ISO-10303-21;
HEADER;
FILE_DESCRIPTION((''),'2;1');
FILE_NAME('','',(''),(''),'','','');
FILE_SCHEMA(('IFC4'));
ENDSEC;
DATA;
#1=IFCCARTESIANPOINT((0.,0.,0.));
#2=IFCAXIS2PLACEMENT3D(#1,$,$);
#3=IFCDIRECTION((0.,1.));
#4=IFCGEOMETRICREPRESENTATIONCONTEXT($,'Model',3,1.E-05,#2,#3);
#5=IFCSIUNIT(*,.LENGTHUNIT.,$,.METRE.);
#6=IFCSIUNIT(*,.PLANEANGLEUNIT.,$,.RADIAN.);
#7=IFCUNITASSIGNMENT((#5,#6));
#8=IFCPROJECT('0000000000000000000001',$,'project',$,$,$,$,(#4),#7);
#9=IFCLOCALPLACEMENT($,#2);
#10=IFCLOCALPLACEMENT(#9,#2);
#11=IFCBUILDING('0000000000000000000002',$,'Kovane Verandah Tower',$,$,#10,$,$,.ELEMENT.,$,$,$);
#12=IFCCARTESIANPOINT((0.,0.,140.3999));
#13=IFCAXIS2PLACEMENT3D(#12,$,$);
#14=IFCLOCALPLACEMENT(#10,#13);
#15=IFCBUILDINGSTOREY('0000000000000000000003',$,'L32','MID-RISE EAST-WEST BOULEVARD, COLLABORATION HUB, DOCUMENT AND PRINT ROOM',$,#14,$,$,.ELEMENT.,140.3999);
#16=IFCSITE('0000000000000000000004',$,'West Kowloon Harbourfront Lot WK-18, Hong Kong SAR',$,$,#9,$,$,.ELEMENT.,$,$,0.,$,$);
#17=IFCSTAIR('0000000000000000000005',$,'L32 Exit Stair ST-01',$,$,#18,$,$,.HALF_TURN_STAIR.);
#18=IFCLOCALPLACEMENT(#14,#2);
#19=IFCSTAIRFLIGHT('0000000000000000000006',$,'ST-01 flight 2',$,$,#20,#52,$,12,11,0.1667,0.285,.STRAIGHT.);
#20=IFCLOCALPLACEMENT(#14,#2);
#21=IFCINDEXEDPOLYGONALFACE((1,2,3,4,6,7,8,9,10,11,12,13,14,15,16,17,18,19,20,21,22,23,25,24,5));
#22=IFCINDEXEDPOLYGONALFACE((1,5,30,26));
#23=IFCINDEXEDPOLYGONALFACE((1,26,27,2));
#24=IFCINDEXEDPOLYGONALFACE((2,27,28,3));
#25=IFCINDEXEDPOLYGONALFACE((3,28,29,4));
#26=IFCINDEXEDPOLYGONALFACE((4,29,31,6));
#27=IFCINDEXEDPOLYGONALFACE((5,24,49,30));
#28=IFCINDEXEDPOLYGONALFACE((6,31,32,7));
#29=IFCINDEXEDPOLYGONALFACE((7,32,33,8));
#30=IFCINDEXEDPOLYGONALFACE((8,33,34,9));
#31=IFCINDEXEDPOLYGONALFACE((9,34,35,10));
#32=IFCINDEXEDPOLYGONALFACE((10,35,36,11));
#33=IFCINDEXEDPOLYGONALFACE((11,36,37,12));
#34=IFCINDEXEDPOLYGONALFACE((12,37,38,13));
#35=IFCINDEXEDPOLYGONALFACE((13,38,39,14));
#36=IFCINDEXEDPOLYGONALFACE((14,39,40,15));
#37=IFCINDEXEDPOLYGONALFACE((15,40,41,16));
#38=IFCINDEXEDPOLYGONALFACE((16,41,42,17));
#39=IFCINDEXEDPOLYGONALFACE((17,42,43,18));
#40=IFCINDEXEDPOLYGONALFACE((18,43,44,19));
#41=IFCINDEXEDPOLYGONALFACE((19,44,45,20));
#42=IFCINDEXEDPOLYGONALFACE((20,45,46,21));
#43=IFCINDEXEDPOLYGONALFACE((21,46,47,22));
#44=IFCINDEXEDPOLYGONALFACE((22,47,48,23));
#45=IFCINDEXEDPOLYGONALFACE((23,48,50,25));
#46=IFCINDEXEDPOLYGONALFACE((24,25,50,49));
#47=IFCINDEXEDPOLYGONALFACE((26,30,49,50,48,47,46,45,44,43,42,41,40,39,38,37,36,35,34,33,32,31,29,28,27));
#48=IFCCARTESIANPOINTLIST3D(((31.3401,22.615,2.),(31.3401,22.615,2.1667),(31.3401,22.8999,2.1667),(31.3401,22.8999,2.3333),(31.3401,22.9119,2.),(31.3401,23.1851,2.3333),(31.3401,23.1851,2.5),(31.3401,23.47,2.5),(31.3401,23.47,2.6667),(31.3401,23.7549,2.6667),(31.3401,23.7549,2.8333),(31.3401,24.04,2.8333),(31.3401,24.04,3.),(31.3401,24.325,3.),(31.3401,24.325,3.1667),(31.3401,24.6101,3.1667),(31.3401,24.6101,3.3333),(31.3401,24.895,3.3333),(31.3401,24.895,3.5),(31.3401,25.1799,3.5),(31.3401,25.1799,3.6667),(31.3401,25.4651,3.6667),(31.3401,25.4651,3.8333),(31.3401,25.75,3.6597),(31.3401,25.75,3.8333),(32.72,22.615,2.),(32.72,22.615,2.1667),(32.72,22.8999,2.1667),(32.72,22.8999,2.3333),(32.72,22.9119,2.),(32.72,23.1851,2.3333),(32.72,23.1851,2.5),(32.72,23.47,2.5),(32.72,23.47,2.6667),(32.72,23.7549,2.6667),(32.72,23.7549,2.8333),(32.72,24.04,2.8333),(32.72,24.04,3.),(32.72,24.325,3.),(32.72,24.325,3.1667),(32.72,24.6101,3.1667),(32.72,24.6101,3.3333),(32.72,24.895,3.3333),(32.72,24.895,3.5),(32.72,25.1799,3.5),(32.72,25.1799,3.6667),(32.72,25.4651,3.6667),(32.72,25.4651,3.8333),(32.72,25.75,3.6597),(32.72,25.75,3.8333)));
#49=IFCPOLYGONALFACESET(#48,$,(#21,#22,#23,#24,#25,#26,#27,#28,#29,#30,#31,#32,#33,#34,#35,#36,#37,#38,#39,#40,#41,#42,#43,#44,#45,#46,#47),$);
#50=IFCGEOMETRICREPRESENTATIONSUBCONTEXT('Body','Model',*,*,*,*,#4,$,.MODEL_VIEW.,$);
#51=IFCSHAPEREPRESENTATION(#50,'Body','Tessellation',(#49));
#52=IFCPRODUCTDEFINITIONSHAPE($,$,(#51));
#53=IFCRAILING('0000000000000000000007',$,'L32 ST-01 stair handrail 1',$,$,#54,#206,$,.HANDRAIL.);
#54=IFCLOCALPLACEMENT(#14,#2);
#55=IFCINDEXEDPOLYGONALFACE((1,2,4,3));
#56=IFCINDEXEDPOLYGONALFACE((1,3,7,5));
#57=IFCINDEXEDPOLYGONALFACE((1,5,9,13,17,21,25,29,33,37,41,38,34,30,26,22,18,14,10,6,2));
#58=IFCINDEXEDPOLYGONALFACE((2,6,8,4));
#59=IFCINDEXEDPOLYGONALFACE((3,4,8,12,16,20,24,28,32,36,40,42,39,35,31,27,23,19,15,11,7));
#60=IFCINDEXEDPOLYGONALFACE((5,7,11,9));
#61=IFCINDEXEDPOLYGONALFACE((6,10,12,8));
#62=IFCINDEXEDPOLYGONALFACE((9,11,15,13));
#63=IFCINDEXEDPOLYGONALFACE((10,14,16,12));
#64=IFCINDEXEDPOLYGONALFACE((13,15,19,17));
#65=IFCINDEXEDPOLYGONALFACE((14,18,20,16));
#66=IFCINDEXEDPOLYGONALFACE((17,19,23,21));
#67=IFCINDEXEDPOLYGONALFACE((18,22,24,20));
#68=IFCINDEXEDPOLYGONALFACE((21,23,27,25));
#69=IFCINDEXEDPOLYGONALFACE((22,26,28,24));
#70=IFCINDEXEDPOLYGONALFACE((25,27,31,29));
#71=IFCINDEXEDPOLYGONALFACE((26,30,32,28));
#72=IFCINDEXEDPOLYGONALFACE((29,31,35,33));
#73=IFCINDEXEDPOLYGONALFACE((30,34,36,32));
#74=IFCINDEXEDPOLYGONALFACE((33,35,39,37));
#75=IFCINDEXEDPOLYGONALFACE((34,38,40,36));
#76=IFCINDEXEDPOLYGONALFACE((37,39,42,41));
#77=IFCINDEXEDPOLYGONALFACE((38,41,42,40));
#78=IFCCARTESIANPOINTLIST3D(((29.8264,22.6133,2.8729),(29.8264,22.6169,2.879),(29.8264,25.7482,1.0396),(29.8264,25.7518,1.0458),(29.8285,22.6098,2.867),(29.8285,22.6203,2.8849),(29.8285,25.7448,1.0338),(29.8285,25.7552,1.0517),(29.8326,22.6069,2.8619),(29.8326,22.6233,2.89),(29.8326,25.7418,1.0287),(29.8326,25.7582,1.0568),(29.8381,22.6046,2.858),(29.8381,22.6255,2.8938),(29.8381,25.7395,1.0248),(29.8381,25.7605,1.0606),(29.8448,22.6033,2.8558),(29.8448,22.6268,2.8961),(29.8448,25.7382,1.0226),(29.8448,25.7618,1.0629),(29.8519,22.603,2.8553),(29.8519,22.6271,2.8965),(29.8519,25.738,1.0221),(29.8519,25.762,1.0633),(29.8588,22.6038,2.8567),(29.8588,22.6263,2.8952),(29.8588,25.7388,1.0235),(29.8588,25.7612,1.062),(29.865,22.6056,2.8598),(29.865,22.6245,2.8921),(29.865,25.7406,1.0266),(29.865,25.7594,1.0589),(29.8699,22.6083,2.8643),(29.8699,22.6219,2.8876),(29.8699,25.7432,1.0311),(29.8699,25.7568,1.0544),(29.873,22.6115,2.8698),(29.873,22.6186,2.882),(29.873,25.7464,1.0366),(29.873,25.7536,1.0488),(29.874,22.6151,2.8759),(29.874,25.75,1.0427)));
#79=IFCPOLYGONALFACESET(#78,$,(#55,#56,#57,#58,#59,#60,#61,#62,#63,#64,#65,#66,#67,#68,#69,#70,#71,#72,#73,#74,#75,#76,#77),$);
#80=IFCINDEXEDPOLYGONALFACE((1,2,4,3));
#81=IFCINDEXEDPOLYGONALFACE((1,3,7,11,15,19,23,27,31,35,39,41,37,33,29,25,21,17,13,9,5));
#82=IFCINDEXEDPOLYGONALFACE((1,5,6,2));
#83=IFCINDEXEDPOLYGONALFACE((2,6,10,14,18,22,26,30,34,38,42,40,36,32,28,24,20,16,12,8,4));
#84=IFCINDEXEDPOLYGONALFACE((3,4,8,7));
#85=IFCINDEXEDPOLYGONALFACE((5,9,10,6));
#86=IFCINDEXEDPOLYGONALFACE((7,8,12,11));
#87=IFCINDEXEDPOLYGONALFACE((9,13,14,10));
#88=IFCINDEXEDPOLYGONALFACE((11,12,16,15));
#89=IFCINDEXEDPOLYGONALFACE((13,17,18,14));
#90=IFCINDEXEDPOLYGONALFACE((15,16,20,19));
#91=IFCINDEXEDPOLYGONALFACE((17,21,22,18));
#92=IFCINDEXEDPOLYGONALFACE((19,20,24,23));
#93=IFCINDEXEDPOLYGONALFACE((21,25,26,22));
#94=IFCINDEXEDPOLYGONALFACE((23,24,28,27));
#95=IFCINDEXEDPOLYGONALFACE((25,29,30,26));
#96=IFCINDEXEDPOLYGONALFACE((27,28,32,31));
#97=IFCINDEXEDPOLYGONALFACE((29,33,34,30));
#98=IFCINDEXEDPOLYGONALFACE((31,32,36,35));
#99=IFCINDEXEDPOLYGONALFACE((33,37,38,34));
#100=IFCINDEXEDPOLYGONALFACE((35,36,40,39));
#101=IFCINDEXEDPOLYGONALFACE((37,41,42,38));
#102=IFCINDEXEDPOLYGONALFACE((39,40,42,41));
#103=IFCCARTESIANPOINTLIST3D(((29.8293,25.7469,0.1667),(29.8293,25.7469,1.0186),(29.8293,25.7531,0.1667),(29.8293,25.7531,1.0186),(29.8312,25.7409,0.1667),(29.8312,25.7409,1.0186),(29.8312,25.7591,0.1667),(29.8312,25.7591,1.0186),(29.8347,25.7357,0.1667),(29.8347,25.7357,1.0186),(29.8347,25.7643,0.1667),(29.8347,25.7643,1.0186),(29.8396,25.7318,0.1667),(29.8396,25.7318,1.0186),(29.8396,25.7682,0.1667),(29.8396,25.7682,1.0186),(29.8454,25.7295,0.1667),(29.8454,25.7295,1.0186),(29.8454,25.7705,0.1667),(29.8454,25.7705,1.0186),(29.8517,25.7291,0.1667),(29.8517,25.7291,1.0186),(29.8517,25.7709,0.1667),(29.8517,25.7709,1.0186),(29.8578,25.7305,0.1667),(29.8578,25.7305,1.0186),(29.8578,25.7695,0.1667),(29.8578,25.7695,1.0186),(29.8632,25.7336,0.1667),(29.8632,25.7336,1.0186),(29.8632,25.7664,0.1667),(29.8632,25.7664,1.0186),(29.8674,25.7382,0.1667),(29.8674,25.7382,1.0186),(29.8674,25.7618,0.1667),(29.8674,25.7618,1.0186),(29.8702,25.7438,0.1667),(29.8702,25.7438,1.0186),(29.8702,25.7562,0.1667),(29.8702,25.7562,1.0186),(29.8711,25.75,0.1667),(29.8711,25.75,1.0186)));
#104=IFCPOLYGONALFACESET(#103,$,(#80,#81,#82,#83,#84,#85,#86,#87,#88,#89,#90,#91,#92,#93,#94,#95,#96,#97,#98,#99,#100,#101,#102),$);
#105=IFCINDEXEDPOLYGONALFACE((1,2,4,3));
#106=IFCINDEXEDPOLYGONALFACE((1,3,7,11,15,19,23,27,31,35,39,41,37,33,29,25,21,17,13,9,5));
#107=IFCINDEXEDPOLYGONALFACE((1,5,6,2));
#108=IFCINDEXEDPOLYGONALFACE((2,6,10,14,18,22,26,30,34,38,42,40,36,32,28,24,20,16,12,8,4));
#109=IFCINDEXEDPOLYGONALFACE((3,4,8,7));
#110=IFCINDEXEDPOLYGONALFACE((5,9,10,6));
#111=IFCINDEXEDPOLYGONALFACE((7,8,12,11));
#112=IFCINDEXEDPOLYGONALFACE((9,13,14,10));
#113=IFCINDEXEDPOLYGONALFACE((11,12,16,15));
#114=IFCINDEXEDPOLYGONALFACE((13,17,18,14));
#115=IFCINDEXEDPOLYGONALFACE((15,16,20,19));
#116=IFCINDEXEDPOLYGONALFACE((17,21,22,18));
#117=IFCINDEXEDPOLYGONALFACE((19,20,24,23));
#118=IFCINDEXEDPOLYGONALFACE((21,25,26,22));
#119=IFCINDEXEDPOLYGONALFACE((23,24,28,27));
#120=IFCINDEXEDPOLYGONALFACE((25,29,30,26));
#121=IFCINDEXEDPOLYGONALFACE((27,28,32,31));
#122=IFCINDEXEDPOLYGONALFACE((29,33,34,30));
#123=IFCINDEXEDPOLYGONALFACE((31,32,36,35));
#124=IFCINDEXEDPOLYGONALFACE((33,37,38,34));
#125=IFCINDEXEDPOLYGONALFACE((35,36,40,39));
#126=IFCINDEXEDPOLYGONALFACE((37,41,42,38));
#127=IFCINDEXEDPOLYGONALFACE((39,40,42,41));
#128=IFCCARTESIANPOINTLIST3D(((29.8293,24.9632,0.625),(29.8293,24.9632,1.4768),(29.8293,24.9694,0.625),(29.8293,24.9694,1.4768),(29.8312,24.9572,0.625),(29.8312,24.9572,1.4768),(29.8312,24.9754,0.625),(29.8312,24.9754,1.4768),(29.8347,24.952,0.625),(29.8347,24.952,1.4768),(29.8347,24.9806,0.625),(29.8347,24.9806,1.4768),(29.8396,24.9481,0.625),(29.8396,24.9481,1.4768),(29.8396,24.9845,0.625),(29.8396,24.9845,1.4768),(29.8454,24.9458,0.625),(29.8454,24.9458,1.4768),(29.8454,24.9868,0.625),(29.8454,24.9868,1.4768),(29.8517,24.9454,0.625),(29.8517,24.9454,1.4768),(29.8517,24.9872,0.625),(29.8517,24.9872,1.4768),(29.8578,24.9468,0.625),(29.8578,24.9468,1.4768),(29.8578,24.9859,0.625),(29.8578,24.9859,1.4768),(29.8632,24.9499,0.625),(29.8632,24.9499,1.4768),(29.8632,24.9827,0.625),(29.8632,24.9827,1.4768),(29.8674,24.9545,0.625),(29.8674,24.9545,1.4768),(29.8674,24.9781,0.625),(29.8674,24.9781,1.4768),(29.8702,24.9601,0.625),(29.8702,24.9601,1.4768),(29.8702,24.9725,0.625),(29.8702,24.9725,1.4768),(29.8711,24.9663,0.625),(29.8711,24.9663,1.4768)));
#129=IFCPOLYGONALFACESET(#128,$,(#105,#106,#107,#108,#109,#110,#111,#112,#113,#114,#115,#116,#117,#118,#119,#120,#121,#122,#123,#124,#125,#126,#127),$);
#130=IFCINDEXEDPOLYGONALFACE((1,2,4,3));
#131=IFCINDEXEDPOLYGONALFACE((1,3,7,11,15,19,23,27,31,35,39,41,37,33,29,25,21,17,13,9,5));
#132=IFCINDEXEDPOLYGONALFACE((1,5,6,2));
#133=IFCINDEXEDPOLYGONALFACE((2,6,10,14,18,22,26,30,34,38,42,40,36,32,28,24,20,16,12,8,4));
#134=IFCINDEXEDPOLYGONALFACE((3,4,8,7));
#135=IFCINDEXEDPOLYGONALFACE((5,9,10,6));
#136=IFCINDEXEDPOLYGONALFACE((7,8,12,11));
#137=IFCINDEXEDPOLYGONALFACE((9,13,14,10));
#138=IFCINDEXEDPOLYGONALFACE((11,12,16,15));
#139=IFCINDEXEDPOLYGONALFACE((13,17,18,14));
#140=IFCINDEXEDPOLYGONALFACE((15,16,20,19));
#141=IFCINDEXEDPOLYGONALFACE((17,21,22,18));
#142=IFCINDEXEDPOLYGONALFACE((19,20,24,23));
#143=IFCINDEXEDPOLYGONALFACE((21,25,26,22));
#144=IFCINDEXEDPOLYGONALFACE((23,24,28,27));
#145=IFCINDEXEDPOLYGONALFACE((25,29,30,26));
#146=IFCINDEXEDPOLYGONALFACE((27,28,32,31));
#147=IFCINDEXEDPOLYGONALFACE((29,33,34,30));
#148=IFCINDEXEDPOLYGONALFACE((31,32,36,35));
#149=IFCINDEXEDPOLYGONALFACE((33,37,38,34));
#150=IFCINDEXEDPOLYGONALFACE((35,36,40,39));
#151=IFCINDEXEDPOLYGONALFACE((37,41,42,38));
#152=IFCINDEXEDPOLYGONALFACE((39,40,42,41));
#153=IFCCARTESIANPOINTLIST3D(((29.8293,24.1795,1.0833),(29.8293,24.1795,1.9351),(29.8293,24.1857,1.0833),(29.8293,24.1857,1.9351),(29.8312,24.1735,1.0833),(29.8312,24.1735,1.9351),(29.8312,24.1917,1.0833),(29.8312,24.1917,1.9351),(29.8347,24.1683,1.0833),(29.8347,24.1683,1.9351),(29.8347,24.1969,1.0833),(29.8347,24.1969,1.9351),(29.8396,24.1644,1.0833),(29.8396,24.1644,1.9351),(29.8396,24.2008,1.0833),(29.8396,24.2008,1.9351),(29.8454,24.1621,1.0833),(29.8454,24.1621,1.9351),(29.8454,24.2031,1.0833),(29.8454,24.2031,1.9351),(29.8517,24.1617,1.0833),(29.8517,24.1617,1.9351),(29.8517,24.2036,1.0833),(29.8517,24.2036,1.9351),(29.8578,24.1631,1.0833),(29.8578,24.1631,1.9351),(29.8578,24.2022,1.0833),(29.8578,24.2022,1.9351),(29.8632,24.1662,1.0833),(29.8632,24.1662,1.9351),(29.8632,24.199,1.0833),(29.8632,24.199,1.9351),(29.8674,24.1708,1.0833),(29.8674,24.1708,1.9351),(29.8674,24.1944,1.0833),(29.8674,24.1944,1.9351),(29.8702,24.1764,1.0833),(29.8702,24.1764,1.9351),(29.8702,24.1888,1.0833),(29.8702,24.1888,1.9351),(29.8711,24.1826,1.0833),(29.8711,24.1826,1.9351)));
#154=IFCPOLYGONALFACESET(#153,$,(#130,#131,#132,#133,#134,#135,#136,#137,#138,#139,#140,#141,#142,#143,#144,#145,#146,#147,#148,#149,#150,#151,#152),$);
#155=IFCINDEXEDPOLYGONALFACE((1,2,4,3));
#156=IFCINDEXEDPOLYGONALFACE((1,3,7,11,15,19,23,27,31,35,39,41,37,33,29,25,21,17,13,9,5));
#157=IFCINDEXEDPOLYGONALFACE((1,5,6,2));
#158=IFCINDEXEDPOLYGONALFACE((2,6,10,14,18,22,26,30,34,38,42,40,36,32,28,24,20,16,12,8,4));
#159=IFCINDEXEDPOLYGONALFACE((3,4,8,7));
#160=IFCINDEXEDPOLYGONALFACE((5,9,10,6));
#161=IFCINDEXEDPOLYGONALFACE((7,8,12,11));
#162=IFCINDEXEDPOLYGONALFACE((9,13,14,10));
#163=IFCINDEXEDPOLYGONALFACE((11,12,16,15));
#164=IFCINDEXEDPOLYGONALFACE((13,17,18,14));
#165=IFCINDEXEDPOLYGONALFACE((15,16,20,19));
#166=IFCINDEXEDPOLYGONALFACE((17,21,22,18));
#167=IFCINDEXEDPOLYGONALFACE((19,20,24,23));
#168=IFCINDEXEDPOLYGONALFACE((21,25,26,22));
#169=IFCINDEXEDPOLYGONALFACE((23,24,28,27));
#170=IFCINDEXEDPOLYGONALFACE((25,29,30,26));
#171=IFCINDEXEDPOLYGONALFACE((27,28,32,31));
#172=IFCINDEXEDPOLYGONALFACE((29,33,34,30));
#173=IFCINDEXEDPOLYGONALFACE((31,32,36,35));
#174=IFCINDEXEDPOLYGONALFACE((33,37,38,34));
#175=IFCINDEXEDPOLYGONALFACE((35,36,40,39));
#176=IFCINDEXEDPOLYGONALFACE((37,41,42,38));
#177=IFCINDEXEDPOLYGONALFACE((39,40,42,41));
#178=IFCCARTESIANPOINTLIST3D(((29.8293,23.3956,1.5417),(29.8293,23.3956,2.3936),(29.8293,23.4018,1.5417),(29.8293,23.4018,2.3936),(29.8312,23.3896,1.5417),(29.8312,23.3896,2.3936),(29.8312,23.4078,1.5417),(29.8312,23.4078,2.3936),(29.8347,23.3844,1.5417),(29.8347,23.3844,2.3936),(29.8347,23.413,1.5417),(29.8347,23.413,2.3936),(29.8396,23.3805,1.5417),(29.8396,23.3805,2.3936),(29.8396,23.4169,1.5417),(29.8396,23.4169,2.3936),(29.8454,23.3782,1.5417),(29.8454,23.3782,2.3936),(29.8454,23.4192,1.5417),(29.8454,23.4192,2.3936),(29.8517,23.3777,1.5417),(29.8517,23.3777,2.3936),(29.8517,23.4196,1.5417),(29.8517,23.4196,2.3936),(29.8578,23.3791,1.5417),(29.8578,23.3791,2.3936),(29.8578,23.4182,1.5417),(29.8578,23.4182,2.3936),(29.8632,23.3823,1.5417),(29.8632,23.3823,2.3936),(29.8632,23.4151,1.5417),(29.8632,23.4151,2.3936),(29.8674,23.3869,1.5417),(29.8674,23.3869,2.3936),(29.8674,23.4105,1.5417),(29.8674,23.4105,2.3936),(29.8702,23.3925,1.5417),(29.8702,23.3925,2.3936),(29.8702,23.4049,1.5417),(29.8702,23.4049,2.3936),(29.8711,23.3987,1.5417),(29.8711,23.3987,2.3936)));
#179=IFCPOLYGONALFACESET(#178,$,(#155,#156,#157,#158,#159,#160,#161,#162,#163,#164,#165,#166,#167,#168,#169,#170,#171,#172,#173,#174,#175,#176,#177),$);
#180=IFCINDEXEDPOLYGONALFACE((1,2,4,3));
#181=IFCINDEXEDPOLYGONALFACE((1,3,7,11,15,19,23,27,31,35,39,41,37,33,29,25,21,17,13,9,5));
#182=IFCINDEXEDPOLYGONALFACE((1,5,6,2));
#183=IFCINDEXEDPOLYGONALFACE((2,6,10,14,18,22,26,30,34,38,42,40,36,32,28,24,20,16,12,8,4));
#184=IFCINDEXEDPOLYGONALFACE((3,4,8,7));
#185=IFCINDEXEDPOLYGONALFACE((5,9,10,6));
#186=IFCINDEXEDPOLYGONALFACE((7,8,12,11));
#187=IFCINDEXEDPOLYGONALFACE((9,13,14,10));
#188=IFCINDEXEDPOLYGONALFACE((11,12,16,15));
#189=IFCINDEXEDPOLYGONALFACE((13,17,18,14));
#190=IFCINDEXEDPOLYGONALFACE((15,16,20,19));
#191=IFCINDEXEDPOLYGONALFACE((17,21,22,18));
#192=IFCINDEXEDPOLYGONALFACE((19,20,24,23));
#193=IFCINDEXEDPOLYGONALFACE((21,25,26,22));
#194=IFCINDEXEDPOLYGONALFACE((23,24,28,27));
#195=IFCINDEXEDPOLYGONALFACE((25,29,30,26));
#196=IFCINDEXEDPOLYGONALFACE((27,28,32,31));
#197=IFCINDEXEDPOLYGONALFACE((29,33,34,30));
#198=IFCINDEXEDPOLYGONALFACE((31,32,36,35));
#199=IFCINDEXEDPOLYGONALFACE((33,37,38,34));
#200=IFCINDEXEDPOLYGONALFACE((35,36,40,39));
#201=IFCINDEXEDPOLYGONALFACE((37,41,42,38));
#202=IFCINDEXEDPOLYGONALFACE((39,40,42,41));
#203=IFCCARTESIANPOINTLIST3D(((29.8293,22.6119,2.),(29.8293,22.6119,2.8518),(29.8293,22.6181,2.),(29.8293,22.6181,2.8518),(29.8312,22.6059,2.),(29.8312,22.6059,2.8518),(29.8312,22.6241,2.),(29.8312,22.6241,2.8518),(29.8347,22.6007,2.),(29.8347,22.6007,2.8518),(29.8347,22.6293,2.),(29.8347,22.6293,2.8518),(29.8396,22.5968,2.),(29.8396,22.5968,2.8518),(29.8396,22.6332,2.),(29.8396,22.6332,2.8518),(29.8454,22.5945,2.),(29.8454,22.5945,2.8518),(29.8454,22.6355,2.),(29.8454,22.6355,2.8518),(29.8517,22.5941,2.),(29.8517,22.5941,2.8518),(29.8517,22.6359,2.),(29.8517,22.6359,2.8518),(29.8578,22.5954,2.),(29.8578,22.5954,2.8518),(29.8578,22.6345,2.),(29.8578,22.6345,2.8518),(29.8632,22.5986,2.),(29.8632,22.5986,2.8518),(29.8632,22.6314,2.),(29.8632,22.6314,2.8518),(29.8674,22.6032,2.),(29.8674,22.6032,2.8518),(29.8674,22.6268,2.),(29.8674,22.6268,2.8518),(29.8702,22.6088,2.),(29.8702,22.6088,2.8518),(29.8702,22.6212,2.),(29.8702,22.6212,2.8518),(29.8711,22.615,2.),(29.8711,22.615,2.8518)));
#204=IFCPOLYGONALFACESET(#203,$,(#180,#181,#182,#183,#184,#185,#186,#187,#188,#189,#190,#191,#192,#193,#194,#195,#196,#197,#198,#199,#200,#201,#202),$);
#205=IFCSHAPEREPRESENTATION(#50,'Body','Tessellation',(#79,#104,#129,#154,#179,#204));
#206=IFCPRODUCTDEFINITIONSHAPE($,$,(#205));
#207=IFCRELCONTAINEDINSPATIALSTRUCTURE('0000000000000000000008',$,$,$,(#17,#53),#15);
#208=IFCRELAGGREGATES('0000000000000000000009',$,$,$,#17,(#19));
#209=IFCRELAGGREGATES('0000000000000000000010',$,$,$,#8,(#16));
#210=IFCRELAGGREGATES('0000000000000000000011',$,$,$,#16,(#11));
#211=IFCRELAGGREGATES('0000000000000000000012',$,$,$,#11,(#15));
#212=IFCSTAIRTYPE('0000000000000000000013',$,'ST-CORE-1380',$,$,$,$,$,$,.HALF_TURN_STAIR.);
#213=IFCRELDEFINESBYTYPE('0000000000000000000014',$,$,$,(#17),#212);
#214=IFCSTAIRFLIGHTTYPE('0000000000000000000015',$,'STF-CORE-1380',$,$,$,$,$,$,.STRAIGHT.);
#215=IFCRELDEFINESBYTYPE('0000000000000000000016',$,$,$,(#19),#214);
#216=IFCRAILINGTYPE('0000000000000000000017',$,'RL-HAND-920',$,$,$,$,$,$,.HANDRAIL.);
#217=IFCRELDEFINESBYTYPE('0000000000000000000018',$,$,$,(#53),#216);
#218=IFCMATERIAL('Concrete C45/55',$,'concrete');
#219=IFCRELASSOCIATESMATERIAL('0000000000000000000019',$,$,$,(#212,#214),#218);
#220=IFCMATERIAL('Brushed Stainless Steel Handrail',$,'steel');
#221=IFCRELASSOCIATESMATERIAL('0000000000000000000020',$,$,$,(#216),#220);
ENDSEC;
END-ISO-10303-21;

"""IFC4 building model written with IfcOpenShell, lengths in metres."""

from ifc_helpers import new_model, si_unit, direction, frame, origin, origin_2d, place, context, subcontext, project, spatial, polyline, circle, outline, extrude, material, type_object, element, aggregate, save


model = new_model("IFC4")

# Units and contexts
model_context = context("Model", 3, precision=1e-05, world=origin(), true_north=direction((0.0, 1.0)))
body_context = subcontext(model_context, "Body", "Model", "MODEL_VIEW")
ifc_project = project(units=[si_unit("LENGTHUNIT", "METRE"), si_unit("PLANEANGLEUNIT", "RADIAN")], contexts=[model_context])

# Site, building, storey
site_placement = place(None, origin())
site = spatial("IfcSite", under=ifc_project, at=site_placement, Name="West Kowloon Harbourfront Lot WK-18, Hong Kong SAR", CompositionType="ELEMENT", RefElevation=0.0)
building_placement = place(site_placement, origin())
building = spatial("IfcBuilding", under=site, at=building_placement, Name="Kovane Verandah Tower", CompositionType="ELEMENT")
storey_placement = place(building_placement, frame((0.0, 0.0, 140.3999)))
storey = spatial("IfcBuildingStorey", under=building, at=storey_placement, Name="L32", Description="MID-RISE EAST-WEST BOULEVARD, COLLABORATION HUB, DOCUMENT AND PRINT ROOM", CompositionType="ELEMENT", Elevation=140.3999)

# Shared definitions
ifc_material_1 = material(Name="Concrete C45/55", Category="concrete")

# Stair, stair flight
stair_type = type_object("IfcStairType", Name="ST-CORE-1380", PredefinedType="HALF_TURN_STAIR", material=ifc_material_1)
stair_placement = place(storey_placement, origin())
stair = element("IfcStair", 1, at=stair_placement, inside=storey, type_object=stair_type, Name="L32 Exit Stair ST-01", PredefinedType="HALF_TURN_STAIR")
stair_flight_type = type_object("IfcStairFlightType", Name="STF-CORE-1380", PredefinedType="STRAIGHT", material=ifc_material_1)
stair_flight_placement = place(storey_placement, frame((32.03, 22.615, 2.0), z_axis=(0.0, 0.0, 1.0), x_axis=(0.0, 1.0, 0.0)))
stair_flight = element("IfcStairFlight", 2, at=stair_flight_placement, type_object=stair_flight_type, Name="ST-01 flight 2", NumberOfRisers=12, NumberOfTreads=11, PredefinedType="STRAIGHT", RiserHeight=0.1667, TreadLength=0.285, context=body_context, shape_type="SweptSolid", body=[
    extrude(outline(polyline([(0.0, 0.0), (0.0, 0.1667), (0.2849, 0.1667), (0.2849, 0.3333), (0.5701, 0.3333), (0.5701, 0.5), (0.855, 0.5), (0.855, 0.6667), (1.1399, 0.6667), (1.1399, 0.8333), (1.425, 0.8333), (1.425, 1.0), (1.71, 1.0), (1.71, 1.1667), (1.9951, 1.1667), (1.9951, 1.3333), (2.28, 1.3333), (2.28, 1.5), (2.5649, 1.5), (2.5649, 1.6667), (2.8501, 1.6667), (2.8501, 1.8333), (3.135, 1.8333), (3.135, 2.0), (3.135, 1.6597), (0.2969, 0.0), (0.0, 0.0)])), frame((0.0, 0.6899, 0.0), z_axis=(0.0, -1.0, 0.0), x_axis=(1.0, 0.0, 0.0)), (0.0, 0.0, 1.0), 1.3799),
])
aggregate(stair, [stair_flight])

# Railing
ifc_material_2 = material(Name="Brushed Stainless Steel Handrail", Category="steel")
railing_type_1 = type_object("IfcRailingType", Name="RL-HAND-920", PredefinedType="HANDRAIL", material=ifc_material_2)
railing_1_placement = place(storey_placement, frame((29.8501, 25.75, 0.1667)))
element("IfcRailing", 3, at=railing_1_placement, inside=storey, type_object=railing_type_1, Name="L32 ST-01 stair handrail 1", PredefinedType="HANDRAIL", context=body_context, shape_type="SweptSolid", body=[
    extrude(circle(Radius=0.0239, at=origin_2d()), frame((0.0, 0.0, 0.876), z_axis=(0.0, -0.86324, 0.504794), x_axis=(1.0, 0.0, 0.0)), (0.0, 0.0, 1.0), 3.6316),
    extrude(circle(Radius=0.021, at=origin_2d()), origin(), (0.0, 0.0, 1.0), 0.8518),
    extrude(circle(Radius=0.021, at=origin_2d()), frame((0.0, -0.7837, 0.4583)), (0.0, 0.0, 1.0), 0.8518),
    extrude(circle(Radius=0.021, at=origin_2d()), frame((0.0, -1.5674, 0.9165)), (0.0, 0.0, 1.0), 0.8518),
    extrude(circle(Radius=0.021, at=origin_2d()), frame((0.0, -2.3513, 1.375)), (0.0, 0.0, 1.0), 0.8518),
    extrude(circle(Radius=0.021, at=origin_2d()), frame((0.0, -3.135, 1.8333)), (0.0, 0.0, 1.0), 0.8518),
])

save(model, "model.ifc")
